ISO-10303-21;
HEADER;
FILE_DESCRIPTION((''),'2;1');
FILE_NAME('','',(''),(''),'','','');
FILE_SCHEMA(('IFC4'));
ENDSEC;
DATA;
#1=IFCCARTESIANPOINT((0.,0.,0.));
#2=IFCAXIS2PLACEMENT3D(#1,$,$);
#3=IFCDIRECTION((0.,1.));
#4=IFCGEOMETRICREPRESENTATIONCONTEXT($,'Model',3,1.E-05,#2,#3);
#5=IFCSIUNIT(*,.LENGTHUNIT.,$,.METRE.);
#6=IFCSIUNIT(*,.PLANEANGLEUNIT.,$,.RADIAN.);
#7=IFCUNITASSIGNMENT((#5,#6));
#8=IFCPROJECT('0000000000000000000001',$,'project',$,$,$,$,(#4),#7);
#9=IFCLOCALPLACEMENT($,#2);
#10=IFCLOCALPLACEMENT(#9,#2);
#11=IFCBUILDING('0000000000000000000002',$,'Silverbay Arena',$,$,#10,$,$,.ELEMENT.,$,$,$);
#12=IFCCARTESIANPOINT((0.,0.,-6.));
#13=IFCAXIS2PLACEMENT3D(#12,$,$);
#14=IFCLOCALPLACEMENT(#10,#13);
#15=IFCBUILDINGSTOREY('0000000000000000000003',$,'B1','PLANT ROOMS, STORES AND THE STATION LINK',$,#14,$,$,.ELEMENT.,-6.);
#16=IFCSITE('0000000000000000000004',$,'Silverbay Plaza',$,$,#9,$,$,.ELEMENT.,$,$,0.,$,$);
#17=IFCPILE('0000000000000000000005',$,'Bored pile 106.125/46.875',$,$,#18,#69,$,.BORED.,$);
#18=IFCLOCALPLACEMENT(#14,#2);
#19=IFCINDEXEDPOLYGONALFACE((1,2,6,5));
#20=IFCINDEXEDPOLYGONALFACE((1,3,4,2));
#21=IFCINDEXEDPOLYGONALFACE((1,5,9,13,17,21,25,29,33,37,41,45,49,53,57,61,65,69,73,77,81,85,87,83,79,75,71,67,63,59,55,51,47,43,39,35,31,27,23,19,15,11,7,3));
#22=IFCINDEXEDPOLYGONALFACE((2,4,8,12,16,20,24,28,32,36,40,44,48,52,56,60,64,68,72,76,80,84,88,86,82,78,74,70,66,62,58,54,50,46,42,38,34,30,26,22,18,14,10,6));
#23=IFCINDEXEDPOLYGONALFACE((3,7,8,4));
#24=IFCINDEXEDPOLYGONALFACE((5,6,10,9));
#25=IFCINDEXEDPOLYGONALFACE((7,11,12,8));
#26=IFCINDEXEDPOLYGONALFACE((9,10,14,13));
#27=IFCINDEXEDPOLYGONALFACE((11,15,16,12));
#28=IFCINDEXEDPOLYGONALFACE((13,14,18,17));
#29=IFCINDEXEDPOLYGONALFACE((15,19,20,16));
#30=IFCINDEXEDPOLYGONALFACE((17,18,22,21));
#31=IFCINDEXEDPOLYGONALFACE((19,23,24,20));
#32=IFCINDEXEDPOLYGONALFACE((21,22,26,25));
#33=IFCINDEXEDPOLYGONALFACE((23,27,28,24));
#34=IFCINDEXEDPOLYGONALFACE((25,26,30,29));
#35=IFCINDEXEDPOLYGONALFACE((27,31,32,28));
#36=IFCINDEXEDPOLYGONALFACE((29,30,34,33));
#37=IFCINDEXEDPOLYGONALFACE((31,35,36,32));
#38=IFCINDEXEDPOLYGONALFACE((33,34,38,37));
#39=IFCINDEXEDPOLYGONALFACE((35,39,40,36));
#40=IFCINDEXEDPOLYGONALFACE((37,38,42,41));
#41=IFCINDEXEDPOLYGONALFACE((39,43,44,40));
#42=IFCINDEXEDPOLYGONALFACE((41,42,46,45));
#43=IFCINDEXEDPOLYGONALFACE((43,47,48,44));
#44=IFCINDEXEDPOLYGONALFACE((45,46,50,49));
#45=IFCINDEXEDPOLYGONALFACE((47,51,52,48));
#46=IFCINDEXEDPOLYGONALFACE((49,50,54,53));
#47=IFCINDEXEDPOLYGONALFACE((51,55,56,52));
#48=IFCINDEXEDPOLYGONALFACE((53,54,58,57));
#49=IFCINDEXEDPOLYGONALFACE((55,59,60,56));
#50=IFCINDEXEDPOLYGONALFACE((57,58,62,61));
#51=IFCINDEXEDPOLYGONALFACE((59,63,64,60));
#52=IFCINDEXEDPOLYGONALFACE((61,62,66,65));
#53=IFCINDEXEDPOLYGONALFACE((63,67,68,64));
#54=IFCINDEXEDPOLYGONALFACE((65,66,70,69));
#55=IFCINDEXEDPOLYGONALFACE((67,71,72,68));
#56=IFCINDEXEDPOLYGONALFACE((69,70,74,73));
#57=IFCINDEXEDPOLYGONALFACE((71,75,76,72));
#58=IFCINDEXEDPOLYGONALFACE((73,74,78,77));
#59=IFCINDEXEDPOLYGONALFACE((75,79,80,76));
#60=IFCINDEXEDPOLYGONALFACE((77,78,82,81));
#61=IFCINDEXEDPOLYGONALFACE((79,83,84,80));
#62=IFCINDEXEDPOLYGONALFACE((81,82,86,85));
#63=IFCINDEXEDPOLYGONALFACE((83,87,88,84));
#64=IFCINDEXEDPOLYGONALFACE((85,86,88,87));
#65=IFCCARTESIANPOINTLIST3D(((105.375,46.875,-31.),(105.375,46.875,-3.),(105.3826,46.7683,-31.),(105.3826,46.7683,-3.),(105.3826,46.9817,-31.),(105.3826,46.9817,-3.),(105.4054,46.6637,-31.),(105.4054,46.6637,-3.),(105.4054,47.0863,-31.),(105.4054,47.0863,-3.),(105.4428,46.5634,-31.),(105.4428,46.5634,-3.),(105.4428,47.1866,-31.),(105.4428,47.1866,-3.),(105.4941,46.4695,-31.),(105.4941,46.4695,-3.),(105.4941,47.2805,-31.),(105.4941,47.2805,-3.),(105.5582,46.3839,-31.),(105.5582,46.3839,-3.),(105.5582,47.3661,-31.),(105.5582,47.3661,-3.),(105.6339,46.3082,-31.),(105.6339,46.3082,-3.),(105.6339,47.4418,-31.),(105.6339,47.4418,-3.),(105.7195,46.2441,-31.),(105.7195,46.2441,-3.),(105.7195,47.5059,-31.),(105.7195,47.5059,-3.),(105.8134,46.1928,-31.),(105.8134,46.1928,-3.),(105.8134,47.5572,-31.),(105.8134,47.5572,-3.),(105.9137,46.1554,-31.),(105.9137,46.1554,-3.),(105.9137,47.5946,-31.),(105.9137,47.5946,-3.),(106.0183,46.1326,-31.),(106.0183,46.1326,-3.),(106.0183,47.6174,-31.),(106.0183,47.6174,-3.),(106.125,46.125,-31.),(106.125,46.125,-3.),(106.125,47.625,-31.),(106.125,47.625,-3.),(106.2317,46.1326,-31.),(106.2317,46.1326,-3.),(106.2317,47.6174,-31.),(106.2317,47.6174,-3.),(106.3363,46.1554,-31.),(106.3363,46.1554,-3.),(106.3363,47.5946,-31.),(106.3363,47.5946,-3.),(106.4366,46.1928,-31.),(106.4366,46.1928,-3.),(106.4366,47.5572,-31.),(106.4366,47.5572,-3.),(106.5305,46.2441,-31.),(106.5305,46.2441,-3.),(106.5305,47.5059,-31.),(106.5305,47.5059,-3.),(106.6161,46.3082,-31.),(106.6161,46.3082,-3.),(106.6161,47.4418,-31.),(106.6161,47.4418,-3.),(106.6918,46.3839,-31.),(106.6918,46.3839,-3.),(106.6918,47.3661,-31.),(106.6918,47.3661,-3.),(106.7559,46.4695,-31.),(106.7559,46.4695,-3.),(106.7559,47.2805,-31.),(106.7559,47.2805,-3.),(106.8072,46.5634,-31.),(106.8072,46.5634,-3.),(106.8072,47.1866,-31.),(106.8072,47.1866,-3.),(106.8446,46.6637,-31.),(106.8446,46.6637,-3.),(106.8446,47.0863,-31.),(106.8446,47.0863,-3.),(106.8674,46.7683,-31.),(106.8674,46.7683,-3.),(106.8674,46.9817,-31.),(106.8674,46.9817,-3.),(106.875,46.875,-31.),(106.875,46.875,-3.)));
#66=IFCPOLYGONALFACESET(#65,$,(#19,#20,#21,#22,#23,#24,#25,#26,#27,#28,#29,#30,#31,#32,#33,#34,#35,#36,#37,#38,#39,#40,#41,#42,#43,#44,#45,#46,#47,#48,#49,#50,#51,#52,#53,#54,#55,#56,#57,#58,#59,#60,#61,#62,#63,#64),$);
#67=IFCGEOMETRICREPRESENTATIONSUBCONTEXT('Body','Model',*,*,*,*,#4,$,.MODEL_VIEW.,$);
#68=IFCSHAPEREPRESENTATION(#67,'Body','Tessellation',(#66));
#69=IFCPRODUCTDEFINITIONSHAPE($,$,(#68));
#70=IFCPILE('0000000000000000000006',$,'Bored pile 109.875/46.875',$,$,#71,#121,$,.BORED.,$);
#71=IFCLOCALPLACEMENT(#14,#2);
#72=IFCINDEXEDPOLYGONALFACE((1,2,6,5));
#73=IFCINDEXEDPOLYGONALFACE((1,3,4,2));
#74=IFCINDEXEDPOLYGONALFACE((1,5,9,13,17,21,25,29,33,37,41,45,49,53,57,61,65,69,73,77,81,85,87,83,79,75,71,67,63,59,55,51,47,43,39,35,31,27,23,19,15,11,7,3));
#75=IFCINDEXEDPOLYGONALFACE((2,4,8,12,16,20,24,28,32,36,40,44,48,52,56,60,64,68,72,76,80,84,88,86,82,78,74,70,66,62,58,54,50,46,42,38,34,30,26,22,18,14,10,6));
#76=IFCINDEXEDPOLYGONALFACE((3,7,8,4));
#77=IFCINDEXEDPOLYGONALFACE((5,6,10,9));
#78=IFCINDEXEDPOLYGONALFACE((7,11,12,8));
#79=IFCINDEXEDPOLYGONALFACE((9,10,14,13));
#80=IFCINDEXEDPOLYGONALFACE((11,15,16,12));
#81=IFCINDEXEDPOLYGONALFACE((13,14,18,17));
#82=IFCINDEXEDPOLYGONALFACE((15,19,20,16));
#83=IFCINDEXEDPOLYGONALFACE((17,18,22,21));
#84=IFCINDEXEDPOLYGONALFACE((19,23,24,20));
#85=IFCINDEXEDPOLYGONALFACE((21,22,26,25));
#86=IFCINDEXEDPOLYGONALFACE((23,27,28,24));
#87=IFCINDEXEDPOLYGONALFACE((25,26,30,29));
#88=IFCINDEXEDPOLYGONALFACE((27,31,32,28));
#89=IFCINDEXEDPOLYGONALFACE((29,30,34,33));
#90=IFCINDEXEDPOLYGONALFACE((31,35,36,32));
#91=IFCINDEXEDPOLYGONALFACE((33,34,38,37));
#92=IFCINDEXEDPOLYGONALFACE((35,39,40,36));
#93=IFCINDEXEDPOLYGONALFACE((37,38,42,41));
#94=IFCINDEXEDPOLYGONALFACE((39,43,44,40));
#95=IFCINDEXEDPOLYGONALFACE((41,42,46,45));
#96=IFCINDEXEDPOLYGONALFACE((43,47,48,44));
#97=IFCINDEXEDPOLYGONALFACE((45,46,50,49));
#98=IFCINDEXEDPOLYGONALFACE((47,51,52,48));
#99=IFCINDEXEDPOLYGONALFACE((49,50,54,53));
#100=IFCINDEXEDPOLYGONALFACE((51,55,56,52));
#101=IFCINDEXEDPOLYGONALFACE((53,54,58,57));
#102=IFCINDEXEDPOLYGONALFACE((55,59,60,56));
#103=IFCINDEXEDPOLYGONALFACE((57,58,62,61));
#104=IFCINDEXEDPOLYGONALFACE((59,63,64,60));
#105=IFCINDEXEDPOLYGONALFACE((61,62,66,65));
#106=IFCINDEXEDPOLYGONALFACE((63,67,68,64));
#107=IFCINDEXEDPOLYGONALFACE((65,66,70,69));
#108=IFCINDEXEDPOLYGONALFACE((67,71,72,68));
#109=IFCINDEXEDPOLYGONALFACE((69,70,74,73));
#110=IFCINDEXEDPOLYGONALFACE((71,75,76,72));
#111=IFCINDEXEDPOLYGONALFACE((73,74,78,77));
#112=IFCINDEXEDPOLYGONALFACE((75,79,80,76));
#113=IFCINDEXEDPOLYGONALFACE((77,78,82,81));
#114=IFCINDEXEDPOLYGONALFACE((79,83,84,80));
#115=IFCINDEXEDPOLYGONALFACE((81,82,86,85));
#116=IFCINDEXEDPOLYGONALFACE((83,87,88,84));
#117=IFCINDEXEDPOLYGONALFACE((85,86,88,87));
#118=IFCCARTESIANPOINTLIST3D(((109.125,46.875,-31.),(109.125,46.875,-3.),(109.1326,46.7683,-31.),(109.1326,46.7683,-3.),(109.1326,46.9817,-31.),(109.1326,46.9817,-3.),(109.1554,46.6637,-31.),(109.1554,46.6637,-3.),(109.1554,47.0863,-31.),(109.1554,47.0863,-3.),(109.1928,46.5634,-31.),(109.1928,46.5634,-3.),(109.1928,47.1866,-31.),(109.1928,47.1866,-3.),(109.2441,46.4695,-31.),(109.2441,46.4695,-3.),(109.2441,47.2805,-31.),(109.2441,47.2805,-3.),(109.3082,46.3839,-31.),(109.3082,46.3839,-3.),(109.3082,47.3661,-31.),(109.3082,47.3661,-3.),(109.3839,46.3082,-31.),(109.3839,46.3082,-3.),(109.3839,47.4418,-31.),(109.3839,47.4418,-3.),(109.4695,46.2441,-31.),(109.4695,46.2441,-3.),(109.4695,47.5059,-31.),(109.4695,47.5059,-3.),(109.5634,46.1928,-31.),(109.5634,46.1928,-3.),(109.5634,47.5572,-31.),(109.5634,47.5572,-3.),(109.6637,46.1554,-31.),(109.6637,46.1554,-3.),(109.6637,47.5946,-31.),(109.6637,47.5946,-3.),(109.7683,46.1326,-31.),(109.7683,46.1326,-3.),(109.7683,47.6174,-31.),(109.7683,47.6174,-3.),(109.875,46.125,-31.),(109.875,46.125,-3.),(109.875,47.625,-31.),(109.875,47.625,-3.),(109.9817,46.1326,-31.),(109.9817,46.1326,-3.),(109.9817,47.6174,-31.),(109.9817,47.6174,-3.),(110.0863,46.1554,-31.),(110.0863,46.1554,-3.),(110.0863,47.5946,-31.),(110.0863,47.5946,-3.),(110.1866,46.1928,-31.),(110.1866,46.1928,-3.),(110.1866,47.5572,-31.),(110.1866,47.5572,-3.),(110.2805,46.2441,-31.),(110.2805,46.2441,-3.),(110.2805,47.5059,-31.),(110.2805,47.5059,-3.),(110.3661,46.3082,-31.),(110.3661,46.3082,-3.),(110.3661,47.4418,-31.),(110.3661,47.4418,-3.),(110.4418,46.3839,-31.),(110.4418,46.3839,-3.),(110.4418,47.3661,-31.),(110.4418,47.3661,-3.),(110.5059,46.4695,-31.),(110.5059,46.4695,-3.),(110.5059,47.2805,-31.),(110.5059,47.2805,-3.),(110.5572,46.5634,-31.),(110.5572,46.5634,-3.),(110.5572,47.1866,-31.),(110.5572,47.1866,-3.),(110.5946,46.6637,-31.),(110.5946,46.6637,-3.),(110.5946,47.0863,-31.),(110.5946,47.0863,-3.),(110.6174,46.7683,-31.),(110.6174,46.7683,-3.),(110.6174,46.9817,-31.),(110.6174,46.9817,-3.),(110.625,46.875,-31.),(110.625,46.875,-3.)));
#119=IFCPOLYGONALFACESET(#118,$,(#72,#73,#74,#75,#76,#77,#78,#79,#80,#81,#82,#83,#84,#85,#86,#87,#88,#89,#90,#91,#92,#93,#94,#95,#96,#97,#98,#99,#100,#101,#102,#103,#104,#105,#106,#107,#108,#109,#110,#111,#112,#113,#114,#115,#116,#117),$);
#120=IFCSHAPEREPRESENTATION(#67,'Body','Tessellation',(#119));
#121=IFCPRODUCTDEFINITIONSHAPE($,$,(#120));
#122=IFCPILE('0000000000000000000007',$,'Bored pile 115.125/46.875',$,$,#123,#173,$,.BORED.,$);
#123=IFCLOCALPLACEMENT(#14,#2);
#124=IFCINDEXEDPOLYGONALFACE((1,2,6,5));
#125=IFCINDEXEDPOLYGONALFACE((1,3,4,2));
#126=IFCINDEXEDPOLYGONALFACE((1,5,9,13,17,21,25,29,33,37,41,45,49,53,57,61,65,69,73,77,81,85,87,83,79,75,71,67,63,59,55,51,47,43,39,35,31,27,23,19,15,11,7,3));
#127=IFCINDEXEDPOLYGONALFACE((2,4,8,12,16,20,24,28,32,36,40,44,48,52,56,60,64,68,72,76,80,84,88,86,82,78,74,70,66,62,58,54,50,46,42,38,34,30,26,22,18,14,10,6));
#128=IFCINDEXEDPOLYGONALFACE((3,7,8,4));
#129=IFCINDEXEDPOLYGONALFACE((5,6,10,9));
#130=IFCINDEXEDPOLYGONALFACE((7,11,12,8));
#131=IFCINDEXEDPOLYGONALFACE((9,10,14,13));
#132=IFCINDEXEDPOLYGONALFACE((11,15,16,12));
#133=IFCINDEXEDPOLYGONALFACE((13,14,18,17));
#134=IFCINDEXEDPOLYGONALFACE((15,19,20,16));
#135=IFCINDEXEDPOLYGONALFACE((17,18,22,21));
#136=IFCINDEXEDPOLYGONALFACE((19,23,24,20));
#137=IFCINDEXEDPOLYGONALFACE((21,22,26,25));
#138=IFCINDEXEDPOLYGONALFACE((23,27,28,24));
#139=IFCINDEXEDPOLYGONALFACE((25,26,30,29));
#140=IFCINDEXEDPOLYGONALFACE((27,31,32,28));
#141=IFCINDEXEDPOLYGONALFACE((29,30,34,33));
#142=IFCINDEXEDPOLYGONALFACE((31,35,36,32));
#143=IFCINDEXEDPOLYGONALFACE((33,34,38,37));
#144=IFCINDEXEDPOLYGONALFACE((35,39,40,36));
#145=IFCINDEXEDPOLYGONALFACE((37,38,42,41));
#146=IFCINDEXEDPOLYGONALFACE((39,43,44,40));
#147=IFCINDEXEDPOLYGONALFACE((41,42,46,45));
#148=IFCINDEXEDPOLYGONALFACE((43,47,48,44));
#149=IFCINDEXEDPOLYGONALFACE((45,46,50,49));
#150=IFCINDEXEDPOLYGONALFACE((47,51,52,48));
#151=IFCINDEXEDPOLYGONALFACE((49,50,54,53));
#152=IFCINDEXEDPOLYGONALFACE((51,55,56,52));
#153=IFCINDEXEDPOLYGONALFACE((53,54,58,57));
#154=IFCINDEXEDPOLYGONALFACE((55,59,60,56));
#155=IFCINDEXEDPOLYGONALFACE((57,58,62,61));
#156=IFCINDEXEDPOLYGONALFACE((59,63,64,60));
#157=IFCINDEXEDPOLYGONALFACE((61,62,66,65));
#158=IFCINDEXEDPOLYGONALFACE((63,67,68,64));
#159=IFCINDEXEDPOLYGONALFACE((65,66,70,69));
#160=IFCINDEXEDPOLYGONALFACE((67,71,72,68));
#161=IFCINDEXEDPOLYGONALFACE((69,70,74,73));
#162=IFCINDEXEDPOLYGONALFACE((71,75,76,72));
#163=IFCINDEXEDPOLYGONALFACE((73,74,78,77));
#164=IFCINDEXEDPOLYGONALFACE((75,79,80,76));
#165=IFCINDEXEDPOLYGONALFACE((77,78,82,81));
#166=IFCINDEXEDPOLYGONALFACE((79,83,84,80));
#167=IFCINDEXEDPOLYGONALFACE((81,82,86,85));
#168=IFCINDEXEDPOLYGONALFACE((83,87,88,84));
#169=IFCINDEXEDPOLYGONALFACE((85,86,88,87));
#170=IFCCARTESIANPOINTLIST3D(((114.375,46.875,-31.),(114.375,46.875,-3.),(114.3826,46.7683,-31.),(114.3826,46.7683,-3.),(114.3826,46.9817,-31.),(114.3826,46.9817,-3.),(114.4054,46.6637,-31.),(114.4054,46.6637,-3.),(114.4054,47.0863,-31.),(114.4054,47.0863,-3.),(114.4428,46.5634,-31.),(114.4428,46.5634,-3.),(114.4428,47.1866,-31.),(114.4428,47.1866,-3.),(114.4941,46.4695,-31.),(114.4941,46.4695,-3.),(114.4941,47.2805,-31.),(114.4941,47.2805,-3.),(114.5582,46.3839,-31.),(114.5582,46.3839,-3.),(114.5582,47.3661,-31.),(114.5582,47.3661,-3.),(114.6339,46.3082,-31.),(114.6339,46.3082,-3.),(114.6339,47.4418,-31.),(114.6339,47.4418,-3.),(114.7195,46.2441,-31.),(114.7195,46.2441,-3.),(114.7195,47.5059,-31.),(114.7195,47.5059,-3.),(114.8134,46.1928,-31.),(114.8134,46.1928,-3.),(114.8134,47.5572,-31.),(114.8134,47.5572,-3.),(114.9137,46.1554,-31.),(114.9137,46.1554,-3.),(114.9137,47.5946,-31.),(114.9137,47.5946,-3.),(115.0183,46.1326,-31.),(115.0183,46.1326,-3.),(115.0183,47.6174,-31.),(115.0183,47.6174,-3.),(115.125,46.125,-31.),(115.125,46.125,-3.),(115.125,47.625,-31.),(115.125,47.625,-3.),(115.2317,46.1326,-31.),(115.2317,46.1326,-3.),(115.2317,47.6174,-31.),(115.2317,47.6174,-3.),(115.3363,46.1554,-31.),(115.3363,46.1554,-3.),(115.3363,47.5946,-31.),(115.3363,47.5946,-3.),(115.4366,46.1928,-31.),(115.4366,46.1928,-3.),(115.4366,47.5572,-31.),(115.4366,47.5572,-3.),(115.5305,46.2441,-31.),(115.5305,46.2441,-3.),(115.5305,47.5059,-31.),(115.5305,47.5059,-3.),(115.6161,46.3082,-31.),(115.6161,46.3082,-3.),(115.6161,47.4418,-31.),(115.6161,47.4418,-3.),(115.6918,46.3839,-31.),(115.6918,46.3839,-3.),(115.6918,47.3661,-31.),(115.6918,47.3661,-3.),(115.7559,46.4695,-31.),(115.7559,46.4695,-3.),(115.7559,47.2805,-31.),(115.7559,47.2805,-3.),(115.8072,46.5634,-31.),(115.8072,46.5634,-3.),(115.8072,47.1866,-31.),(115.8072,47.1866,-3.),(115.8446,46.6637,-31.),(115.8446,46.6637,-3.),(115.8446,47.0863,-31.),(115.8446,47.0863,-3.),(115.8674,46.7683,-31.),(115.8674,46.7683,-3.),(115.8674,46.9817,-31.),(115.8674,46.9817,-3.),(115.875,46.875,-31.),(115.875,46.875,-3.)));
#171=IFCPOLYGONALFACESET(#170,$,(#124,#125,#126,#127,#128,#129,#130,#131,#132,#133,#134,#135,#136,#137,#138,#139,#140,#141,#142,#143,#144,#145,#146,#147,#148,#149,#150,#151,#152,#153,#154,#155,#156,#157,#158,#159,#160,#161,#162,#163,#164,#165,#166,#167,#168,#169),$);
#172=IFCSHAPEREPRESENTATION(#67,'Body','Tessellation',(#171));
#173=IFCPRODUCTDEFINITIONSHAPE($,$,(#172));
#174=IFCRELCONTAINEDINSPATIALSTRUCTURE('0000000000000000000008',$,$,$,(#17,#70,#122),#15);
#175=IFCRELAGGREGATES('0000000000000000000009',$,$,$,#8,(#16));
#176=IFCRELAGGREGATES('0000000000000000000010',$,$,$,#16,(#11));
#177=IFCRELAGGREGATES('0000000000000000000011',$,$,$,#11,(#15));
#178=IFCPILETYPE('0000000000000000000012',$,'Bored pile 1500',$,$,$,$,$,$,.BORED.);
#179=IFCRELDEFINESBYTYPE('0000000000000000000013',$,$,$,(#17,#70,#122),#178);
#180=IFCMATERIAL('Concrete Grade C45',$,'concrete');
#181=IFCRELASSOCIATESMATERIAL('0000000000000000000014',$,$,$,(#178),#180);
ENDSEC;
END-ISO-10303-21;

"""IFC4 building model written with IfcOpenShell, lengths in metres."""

from ifc_helpers import new_model, si_unit, direction, frame, origin, origin_2d, place, context, subcontext, project, spatial, circle, extrude, material, material_profile, profile_set, type_object, element, save


model = new_model("IFC4")

# Units and contexts
model_context = context("Model", 3, precision=1e-05, world=origin(), true_north=direction((0.0, 1.0)))
body_context = subcontext(model_context, "Body", "Model", "MODEL_VIEW")
ifc_project = project(units=[si_unit("LENGTHUNIT", "METRE"), si_unit("PLANEANGLEUNIT", "RADIAN")], contexts=[model_context])

# Site, building, storey
site_placement = place(None, origin())
site = spatial("IfcSite", under=ifc_project, at=site_placement, Name="Silverbay Plaza", CompositionType="ELEMENT", RefElevation=0.0)
building_placement = place(site_placement, origin())
building = spatial("IfcBuilding", under=site, at=building_placement, Name="Silverbay Arena", CompositionType="ELEMENT")
storey_placement = place(building_placement, frame((0.0, 0.0, -6.0)))
storey = spatial("IfcBuildingStorey", under=building, at=storey_placement, Name="B1", Description="PLANT ROOMS, STORES AND THE STATION LINK", CompositionType="ELEMENT", Elevation=-6.0)

# Piles
ifc_material_1 = material(Name="Concrete Grade C45", Category="concrete")
ifc_material_profile_1 = material_profile(ifc_material_1, circle(Radius=0.75, at=origin_2d()), Name="Bored pile 1500")
ifc_profile_set_1 = profile_set([ifc_material_profile_1], Name="Concrete Grade C45")
pile_type_1 = type_object("IfcPileType", Name="Bored pile 1500", PredefinedType="BORED", material=ifc_profile_set_1)
for number, where, z_axis, x_axis, name in (
    (1, (106.125, 46.875, -3.0), (0.0, 0.0, -1.0), (1.0, 0.0, 0.0), "Bored pile 106.125/46.875"),
    (2, (109.875, 46.875, -3.0), (0.0, 0.0, -1.0), (1.0, 0.0, 0.0), "Bored pile 109.875/46.875"),
    (3, (115.125, 46.875, -3.0), (0.0, 0.0, -1.0), (1.0, 0.0, 0.0), "Bored pile 115.125/46.875"),
):
    element("IfcPile", number, at=place(storey_placement, frame(where, z_axis=z_axis, x_axis=x_axis)), inside=storey, type_object=pile_type_1, Name=name, PredefinedType="BORED", context=body_context, shape_type="SweptSolid", body=[
        extrude(circle(Radius=0.75, at=origin_2d()), origin(), (0.0, 0.0, 1.0), 28.0),
    ])

save(model, "model.ifc")
